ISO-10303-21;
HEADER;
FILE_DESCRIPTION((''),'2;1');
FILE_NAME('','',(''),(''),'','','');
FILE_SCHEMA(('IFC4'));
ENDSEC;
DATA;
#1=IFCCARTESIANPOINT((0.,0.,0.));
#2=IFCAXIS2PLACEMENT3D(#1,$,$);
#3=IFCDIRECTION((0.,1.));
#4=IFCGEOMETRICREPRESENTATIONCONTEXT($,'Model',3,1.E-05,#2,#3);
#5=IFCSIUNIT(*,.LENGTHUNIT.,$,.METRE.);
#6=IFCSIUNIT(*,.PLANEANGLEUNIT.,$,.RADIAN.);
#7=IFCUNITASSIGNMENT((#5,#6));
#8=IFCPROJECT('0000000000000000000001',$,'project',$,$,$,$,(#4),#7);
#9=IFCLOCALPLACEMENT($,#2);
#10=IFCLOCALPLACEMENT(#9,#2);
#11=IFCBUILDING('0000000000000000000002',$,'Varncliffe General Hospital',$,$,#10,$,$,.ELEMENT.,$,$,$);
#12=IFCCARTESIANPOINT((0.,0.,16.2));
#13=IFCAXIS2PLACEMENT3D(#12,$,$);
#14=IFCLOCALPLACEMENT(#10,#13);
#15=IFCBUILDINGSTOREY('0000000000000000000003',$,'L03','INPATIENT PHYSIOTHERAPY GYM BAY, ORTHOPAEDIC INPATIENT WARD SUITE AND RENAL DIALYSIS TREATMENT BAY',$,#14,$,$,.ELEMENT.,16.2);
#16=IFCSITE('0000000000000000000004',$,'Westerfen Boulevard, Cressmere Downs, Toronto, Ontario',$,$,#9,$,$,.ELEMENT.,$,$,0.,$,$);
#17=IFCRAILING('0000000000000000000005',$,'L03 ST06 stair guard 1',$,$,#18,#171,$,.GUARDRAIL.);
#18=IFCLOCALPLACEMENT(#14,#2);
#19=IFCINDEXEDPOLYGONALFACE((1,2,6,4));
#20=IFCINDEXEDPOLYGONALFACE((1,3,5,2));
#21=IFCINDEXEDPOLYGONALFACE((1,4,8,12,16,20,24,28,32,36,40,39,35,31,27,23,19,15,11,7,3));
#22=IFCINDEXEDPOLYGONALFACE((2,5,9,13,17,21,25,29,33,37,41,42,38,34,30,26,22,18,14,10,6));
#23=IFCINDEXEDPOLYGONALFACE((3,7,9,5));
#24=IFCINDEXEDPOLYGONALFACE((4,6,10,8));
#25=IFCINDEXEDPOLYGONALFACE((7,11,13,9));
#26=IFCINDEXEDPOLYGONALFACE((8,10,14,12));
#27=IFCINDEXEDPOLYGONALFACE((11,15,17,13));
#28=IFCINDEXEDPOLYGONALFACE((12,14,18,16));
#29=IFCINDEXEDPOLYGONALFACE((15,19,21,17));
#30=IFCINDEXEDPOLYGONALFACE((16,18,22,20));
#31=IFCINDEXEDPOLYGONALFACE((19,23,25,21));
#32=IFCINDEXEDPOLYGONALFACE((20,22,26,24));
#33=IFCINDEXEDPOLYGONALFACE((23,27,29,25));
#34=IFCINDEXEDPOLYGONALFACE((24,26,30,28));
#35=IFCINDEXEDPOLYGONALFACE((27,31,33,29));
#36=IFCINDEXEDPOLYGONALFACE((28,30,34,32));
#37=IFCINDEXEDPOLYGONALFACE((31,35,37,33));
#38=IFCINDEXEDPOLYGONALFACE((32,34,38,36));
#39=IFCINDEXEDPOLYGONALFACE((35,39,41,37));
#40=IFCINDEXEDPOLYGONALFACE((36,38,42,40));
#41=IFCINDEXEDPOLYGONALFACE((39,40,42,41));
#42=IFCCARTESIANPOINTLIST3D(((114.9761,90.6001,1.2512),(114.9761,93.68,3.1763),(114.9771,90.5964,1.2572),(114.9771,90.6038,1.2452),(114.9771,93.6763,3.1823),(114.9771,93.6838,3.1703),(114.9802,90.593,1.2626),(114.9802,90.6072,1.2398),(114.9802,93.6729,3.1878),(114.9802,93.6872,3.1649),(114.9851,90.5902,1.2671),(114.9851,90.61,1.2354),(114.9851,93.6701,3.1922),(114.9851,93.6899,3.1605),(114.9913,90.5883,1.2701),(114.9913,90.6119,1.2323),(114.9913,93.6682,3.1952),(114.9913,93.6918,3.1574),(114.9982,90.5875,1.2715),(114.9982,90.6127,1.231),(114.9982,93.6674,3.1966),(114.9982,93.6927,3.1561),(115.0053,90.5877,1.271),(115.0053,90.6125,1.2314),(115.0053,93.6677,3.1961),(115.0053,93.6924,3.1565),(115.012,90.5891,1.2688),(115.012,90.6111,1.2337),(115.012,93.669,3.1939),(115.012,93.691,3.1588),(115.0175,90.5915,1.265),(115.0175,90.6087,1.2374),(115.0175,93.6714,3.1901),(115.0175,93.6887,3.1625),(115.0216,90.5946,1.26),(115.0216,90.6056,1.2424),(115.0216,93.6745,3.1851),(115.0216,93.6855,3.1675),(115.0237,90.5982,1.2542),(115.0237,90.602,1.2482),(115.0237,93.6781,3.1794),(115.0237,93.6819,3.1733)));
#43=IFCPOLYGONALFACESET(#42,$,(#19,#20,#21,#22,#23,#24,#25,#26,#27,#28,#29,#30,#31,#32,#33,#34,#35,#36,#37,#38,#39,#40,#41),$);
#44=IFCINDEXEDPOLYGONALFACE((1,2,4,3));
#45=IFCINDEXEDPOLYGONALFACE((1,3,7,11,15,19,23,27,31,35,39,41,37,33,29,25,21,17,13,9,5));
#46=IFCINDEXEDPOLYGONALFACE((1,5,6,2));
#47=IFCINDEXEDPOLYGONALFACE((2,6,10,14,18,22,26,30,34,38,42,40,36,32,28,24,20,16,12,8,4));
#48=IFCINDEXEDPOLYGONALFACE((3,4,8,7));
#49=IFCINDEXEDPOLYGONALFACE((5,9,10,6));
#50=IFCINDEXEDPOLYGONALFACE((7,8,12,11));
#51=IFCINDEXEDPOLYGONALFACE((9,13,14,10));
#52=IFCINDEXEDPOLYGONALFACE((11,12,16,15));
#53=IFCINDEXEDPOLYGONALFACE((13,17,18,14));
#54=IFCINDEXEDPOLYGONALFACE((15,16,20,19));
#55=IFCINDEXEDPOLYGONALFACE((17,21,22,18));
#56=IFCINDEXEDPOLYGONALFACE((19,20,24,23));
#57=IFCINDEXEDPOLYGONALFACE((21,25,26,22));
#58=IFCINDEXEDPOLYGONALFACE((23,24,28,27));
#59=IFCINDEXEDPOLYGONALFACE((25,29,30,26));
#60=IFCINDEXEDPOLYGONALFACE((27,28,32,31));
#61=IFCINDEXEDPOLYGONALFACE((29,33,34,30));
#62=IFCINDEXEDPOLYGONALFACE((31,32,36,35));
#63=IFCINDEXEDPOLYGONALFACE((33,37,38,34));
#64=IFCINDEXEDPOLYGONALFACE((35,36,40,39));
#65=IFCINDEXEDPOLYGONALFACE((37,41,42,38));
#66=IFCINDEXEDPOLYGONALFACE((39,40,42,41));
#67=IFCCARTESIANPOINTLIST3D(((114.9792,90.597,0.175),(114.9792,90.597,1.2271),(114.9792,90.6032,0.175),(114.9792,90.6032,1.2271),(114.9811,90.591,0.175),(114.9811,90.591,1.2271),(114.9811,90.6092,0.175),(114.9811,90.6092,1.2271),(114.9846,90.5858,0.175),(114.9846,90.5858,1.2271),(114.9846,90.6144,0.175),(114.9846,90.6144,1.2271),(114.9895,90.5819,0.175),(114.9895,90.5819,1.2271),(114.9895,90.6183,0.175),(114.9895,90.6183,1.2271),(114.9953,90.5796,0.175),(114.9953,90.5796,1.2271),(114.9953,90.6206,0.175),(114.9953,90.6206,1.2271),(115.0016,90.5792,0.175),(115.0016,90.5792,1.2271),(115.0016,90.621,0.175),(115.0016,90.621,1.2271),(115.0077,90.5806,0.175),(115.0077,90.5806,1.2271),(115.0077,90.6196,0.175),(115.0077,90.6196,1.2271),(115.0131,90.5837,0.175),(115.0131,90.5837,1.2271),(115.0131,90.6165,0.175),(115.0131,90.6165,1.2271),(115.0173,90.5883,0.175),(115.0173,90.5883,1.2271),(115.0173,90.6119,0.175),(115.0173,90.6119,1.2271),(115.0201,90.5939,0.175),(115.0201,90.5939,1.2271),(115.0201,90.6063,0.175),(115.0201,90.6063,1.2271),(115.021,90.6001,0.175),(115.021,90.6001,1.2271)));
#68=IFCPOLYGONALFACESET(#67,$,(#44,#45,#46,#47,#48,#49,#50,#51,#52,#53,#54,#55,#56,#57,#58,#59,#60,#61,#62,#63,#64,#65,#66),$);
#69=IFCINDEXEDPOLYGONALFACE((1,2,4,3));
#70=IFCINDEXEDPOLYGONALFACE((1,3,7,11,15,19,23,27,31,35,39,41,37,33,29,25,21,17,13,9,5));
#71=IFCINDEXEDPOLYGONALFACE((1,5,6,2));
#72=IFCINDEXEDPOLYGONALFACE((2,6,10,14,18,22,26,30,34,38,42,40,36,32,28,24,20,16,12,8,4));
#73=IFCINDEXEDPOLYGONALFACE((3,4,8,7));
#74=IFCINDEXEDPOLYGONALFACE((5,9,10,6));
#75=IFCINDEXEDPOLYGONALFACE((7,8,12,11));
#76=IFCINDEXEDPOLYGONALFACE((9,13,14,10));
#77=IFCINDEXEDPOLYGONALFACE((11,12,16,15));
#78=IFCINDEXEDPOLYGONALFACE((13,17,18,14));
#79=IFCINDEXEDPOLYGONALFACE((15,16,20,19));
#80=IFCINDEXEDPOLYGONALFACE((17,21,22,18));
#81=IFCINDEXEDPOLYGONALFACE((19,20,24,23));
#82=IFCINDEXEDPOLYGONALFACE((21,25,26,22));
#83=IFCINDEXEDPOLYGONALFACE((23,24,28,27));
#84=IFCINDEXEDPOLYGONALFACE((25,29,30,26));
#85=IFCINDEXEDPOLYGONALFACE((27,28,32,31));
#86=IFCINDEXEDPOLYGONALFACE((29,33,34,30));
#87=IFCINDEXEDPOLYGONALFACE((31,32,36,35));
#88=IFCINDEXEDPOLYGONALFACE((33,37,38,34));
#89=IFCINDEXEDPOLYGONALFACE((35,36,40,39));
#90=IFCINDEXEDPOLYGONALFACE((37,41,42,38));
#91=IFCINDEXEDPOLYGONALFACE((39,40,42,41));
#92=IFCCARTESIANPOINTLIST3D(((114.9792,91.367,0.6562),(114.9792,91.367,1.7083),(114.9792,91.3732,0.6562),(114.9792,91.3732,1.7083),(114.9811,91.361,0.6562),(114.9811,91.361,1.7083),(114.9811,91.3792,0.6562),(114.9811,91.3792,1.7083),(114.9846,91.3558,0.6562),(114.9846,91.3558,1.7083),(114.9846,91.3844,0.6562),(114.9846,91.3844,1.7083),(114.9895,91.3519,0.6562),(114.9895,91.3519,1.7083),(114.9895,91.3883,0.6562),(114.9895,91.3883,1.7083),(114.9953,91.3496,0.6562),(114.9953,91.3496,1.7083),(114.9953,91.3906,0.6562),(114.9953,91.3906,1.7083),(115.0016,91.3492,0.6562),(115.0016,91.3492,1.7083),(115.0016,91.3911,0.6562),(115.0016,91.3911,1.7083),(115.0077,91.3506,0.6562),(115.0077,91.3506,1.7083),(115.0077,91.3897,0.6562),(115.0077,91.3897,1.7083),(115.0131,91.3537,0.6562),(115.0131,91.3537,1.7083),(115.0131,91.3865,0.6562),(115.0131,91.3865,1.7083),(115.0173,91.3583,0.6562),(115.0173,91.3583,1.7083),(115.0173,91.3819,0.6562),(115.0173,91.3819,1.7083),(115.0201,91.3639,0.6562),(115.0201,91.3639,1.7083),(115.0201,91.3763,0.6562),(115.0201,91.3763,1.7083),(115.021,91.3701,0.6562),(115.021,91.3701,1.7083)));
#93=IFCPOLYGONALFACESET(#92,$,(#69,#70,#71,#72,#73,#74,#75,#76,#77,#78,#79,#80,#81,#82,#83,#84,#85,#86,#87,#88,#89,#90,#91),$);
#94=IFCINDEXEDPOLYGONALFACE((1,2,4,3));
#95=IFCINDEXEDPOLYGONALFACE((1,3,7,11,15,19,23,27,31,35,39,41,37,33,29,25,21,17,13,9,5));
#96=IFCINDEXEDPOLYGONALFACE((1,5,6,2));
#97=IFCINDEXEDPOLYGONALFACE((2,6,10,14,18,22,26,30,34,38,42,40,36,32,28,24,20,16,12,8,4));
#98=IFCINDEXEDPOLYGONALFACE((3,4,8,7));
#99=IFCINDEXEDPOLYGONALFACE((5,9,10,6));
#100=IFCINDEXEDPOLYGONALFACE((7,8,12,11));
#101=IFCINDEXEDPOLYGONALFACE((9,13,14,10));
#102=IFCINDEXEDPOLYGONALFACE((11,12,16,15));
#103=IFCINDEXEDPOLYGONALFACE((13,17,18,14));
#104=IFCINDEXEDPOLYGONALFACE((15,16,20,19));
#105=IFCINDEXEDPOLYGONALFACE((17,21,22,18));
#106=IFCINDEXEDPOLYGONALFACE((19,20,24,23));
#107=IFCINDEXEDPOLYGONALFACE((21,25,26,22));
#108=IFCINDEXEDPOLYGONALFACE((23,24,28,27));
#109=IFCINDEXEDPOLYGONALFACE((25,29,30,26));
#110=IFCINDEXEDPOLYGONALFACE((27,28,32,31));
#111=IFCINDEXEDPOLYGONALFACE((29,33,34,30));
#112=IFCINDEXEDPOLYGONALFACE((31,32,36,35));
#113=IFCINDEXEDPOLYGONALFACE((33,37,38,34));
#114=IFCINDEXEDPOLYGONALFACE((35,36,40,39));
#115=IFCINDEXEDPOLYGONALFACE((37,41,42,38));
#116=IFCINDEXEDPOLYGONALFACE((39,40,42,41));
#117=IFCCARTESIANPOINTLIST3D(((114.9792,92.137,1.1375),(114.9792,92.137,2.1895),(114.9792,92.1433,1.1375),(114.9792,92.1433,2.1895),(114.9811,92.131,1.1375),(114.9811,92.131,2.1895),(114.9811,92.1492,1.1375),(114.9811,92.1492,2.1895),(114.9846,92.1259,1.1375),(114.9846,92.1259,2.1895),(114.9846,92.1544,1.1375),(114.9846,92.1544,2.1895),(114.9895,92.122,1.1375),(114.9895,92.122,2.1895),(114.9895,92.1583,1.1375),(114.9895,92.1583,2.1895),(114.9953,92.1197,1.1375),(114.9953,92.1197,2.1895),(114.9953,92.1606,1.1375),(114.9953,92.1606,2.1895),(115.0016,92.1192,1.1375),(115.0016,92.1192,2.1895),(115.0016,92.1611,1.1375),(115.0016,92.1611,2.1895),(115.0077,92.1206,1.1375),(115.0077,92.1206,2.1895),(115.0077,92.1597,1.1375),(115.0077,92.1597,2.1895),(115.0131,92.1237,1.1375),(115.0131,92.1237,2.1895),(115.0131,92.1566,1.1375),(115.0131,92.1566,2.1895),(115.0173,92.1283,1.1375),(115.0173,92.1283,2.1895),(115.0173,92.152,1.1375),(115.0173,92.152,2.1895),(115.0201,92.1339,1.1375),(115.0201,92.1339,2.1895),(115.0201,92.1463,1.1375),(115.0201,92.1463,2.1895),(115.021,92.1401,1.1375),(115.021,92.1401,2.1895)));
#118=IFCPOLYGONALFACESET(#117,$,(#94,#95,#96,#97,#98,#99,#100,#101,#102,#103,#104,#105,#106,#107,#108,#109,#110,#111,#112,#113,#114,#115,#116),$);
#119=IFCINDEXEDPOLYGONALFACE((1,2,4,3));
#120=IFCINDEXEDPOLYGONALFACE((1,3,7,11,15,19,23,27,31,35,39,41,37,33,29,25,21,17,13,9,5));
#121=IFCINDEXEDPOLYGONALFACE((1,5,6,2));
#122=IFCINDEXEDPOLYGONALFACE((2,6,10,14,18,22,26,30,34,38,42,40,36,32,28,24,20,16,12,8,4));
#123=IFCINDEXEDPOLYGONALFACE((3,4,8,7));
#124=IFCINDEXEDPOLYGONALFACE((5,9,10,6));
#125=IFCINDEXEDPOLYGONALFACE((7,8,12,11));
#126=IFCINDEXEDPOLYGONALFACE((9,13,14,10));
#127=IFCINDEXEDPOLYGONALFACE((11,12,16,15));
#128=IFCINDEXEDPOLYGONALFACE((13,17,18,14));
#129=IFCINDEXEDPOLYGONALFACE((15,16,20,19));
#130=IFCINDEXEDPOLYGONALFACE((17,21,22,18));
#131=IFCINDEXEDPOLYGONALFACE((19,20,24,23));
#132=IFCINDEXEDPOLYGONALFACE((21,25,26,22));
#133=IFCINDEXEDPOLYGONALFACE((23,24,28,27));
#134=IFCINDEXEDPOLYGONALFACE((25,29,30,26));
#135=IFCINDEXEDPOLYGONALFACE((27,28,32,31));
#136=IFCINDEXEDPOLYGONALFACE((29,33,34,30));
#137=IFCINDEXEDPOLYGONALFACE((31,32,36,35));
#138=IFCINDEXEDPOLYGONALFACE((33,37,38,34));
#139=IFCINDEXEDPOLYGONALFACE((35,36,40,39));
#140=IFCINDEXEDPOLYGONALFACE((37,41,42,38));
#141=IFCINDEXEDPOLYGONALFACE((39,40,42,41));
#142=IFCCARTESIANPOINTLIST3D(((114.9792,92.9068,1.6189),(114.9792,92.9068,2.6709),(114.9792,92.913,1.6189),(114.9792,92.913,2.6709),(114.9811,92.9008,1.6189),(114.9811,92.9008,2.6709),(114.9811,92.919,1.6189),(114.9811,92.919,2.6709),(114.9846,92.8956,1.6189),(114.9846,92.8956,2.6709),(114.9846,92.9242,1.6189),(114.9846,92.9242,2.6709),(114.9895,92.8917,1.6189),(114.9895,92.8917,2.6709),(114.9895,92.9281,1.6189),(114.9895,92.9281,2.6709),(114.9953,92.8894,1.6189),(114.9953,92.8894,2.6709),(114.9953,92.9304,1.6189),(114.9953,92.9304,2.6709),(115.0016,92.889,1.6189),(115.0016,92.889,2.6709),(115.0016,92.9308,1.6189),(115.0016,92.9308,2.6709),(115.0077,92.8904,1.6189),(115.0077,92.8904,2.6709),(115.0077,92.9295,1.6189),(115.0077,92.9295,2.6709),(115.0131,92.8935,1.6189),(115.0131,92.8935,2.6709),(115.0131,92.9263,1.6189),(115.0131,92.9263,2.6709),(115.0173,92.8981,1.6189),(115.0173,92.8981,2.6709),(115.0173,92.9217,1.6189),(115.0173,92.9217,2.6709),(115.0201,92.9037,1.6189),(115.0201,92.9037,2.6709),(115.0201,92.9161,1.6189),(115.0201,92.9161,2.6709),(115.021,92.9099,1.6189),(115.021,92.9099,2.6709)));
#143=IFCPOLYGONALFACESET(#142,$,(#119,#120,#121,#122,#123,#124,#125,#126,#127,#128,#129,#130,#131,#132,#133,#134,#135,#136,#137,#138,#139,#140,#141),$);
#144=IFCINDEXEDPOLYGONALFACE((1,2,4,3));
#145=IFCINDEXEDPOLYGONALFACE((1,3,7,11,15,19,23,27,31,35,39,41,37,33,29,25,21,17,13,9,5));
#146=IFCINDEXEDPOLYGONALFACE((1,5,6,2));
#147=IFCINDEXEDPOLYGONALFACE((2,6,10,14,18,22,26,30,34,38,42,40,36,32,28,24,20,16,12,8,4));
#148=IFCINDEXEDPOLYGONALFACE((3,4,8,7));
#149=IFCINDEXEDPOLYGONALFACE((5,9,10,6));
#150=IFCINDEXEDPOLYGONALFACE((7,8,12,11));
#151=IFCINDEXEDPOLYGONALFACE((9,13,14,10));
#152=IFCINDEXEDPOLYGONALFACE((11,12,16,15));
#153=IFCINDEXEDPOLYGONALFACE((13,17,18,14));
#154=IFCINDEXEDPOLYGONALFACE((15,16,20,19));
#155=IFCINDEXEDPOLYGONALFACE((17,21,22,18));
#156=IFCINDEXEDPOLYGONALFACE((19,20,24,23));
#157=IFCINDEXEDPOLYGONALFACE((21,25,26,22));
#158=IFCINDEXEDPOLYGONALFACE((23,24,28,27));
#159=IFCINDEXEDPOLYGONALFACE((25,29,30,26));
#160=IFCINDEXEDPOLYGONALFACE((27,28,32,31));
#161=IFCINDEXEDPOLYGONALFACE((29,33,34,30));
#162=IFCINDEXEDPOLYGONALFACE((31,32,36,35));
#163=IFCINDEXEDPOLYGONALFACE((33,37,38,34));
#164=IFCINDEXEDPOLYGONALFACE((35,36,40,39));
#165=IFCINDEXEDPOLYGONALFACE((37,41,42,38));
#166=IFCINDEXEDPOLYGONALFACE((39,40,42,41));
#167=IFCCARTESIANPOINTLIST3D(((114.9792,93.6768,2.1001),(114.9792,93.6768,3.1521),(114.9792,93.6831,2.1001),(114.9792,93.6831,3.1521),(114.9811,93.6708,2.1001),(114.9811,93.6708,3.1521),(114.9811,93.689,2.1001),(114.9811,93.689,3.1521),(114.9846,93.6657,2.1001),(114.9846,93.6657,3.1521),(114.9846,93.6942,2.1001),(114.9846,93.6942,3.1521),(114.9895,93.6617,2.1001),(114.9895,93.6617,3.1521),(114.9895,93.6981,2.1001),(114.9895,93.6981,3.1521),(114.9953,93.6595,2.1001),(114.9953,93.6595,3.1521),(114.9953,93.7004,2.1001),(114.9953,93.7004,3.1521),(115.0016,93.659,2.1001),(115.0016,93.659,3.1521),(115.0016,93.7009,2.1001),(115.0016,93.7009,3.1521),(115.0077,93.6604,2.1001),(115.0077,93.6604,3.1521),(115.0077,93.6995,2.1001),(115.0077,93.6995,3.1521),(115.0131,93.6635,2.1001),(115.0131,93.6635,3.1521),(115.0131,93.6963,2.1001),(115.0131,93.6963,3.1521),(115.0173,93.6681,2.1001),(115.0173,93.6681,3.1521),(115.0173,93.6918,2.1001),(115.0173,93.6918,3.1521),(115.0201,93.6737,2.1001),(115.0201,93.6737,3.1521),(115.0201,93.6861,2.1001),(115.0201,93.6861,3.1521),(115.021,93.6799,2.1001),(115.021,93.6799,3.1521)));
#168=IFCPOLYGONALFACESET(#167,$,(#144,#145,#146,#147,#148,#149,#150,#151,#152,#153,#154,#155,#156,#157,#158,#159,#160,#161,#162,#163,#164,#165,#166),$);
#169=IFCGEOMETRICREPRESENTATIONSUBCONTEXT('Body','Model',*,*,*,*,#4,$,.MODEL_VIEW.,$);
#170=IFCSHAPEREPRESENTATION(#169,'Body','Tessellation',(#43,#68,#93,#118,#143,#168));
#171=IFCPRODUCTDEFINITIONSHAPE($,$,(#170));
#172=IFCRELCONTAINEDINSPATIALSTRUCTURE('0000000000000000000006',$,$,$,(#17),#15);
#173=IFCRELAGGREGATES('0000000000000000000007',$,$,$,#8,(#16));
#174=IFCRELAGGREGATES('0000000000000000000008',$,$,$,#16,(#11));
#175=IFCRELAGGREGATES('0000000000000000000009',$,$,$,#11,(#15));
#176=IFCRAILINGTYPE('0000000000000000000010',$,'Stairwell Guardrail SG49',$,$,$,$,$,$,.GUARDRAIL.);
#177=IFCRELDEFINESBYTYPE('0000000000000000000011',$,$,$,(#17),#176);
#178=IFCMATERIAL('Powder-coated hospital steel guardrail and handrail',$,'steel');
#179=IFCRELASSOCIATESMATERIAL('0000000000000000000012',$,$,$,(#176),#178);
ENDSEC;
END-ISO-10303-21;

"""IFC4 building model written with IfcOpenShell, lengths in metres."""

from ifc_helpers import new_model, si_unit, direction, frame, origin, origin_2d, place, context, subcontext, project, spatial, circle, extrude, material, type_object, element, save


model = new_model("IFC4")

# Units and contexts
model_context = context("Model", 3, precision=1e-05, world=origin(), true_north=direction((0.0, 1.0)))
body_context = subcontext(model_context, "Body", "Model", "MODEL_VIEW")
ifc_project = project(units=[si_unit("LENGTHUNIT", "METRE"), si_unit("PLANEANGLEUNIT", "RADIAN")], contexts=[model_context])

# Site, building, storey
site_placement = place(None, origin())
site = spatial("IfcSite", under=ifc_project, at=site_placement, Name="Westerfen Boulevard, Cressmere Downs, Toronto, Ontario", CompositionType="ELEMENT", RefElevation=0.0)
building_placement = place(site_placement, origin())
building = spatial("IfcBuilding", under=site, at=building_placement, Name="Varncliffe General Hospital", CompositionType="ELEMENT")
storey_placement = place(building_placement, frame((0.0, 0.0, 16.2)))
storey = spatial("IfcBuildingStorey", under=building, at=storey_placement, Name="L03", Description="INPATIENT PHYSIOTHERAPY GYM BAY, ORTHOPAEDIC INPATIENT WARD SUITE AND RENAL DIALYSIS TREATMENT BAY", CompositionType="ELEMENT", Elevation=16.2)

# Railing
ifc_material_1 = material(Name="Powder-coated hospital steel guardrail and handrail", Category="steel")
railing_type_1 = type_object("IfcRailingType", Name="Stairwell Guardrail SG49", PredefinedType="GUARDRAIL", material=ifc_material_1)
railing_1_placement = place(storey_placement, frame((115.0, 90.6001, 0.175)))
element("IfcRailing", 1, at=railing_1_placement, inside=storey, type_object=railing_type_1, Name="L03 ST06 stair guard 1", PredefinedType="GUARDRAIL", context=body_context, shape_type="SweptSolid", body=[
    extrude(circle(Radius=0.0239, at=origin_2d()), frame((0.0, 0.0, 1.0762), z_axis=(0.0, 0.847979, 0.530029), x_axis=(-1.0, 0.0, 0.0)), (0.0, 0.0, 1.0), 3.6321),
    extrude(circle(Radius=0.021, at=origin_2d()), origin(), (0.0, 0.0, 1.0), 1.052),
    extrude(circle(Radius=0.021, at=origin_2d()), frame((0.0, 0.77, 0.4812)), (0.0, 0.0, 1.0), 1.052),
    extrude(circle(Radius=0.021, at=origin_2d()), frame((0.0, 1.54, 0.9624)), (0.0, 0.0, 1.0), 1.052),
    extrude(circle(Radius=0.021, at=origin_2d()), frame((0.0, 2.3098, 1.4438)), (0.0, 0.0, 1.0), 1.052),
    extrude(circle(Radius=0.021, at=origin_2d()), frame((0.0, 3.0798, 1.925)), (0.0, 0.0, 1.0), 1.052),
])

save(model, "model.ifc")
